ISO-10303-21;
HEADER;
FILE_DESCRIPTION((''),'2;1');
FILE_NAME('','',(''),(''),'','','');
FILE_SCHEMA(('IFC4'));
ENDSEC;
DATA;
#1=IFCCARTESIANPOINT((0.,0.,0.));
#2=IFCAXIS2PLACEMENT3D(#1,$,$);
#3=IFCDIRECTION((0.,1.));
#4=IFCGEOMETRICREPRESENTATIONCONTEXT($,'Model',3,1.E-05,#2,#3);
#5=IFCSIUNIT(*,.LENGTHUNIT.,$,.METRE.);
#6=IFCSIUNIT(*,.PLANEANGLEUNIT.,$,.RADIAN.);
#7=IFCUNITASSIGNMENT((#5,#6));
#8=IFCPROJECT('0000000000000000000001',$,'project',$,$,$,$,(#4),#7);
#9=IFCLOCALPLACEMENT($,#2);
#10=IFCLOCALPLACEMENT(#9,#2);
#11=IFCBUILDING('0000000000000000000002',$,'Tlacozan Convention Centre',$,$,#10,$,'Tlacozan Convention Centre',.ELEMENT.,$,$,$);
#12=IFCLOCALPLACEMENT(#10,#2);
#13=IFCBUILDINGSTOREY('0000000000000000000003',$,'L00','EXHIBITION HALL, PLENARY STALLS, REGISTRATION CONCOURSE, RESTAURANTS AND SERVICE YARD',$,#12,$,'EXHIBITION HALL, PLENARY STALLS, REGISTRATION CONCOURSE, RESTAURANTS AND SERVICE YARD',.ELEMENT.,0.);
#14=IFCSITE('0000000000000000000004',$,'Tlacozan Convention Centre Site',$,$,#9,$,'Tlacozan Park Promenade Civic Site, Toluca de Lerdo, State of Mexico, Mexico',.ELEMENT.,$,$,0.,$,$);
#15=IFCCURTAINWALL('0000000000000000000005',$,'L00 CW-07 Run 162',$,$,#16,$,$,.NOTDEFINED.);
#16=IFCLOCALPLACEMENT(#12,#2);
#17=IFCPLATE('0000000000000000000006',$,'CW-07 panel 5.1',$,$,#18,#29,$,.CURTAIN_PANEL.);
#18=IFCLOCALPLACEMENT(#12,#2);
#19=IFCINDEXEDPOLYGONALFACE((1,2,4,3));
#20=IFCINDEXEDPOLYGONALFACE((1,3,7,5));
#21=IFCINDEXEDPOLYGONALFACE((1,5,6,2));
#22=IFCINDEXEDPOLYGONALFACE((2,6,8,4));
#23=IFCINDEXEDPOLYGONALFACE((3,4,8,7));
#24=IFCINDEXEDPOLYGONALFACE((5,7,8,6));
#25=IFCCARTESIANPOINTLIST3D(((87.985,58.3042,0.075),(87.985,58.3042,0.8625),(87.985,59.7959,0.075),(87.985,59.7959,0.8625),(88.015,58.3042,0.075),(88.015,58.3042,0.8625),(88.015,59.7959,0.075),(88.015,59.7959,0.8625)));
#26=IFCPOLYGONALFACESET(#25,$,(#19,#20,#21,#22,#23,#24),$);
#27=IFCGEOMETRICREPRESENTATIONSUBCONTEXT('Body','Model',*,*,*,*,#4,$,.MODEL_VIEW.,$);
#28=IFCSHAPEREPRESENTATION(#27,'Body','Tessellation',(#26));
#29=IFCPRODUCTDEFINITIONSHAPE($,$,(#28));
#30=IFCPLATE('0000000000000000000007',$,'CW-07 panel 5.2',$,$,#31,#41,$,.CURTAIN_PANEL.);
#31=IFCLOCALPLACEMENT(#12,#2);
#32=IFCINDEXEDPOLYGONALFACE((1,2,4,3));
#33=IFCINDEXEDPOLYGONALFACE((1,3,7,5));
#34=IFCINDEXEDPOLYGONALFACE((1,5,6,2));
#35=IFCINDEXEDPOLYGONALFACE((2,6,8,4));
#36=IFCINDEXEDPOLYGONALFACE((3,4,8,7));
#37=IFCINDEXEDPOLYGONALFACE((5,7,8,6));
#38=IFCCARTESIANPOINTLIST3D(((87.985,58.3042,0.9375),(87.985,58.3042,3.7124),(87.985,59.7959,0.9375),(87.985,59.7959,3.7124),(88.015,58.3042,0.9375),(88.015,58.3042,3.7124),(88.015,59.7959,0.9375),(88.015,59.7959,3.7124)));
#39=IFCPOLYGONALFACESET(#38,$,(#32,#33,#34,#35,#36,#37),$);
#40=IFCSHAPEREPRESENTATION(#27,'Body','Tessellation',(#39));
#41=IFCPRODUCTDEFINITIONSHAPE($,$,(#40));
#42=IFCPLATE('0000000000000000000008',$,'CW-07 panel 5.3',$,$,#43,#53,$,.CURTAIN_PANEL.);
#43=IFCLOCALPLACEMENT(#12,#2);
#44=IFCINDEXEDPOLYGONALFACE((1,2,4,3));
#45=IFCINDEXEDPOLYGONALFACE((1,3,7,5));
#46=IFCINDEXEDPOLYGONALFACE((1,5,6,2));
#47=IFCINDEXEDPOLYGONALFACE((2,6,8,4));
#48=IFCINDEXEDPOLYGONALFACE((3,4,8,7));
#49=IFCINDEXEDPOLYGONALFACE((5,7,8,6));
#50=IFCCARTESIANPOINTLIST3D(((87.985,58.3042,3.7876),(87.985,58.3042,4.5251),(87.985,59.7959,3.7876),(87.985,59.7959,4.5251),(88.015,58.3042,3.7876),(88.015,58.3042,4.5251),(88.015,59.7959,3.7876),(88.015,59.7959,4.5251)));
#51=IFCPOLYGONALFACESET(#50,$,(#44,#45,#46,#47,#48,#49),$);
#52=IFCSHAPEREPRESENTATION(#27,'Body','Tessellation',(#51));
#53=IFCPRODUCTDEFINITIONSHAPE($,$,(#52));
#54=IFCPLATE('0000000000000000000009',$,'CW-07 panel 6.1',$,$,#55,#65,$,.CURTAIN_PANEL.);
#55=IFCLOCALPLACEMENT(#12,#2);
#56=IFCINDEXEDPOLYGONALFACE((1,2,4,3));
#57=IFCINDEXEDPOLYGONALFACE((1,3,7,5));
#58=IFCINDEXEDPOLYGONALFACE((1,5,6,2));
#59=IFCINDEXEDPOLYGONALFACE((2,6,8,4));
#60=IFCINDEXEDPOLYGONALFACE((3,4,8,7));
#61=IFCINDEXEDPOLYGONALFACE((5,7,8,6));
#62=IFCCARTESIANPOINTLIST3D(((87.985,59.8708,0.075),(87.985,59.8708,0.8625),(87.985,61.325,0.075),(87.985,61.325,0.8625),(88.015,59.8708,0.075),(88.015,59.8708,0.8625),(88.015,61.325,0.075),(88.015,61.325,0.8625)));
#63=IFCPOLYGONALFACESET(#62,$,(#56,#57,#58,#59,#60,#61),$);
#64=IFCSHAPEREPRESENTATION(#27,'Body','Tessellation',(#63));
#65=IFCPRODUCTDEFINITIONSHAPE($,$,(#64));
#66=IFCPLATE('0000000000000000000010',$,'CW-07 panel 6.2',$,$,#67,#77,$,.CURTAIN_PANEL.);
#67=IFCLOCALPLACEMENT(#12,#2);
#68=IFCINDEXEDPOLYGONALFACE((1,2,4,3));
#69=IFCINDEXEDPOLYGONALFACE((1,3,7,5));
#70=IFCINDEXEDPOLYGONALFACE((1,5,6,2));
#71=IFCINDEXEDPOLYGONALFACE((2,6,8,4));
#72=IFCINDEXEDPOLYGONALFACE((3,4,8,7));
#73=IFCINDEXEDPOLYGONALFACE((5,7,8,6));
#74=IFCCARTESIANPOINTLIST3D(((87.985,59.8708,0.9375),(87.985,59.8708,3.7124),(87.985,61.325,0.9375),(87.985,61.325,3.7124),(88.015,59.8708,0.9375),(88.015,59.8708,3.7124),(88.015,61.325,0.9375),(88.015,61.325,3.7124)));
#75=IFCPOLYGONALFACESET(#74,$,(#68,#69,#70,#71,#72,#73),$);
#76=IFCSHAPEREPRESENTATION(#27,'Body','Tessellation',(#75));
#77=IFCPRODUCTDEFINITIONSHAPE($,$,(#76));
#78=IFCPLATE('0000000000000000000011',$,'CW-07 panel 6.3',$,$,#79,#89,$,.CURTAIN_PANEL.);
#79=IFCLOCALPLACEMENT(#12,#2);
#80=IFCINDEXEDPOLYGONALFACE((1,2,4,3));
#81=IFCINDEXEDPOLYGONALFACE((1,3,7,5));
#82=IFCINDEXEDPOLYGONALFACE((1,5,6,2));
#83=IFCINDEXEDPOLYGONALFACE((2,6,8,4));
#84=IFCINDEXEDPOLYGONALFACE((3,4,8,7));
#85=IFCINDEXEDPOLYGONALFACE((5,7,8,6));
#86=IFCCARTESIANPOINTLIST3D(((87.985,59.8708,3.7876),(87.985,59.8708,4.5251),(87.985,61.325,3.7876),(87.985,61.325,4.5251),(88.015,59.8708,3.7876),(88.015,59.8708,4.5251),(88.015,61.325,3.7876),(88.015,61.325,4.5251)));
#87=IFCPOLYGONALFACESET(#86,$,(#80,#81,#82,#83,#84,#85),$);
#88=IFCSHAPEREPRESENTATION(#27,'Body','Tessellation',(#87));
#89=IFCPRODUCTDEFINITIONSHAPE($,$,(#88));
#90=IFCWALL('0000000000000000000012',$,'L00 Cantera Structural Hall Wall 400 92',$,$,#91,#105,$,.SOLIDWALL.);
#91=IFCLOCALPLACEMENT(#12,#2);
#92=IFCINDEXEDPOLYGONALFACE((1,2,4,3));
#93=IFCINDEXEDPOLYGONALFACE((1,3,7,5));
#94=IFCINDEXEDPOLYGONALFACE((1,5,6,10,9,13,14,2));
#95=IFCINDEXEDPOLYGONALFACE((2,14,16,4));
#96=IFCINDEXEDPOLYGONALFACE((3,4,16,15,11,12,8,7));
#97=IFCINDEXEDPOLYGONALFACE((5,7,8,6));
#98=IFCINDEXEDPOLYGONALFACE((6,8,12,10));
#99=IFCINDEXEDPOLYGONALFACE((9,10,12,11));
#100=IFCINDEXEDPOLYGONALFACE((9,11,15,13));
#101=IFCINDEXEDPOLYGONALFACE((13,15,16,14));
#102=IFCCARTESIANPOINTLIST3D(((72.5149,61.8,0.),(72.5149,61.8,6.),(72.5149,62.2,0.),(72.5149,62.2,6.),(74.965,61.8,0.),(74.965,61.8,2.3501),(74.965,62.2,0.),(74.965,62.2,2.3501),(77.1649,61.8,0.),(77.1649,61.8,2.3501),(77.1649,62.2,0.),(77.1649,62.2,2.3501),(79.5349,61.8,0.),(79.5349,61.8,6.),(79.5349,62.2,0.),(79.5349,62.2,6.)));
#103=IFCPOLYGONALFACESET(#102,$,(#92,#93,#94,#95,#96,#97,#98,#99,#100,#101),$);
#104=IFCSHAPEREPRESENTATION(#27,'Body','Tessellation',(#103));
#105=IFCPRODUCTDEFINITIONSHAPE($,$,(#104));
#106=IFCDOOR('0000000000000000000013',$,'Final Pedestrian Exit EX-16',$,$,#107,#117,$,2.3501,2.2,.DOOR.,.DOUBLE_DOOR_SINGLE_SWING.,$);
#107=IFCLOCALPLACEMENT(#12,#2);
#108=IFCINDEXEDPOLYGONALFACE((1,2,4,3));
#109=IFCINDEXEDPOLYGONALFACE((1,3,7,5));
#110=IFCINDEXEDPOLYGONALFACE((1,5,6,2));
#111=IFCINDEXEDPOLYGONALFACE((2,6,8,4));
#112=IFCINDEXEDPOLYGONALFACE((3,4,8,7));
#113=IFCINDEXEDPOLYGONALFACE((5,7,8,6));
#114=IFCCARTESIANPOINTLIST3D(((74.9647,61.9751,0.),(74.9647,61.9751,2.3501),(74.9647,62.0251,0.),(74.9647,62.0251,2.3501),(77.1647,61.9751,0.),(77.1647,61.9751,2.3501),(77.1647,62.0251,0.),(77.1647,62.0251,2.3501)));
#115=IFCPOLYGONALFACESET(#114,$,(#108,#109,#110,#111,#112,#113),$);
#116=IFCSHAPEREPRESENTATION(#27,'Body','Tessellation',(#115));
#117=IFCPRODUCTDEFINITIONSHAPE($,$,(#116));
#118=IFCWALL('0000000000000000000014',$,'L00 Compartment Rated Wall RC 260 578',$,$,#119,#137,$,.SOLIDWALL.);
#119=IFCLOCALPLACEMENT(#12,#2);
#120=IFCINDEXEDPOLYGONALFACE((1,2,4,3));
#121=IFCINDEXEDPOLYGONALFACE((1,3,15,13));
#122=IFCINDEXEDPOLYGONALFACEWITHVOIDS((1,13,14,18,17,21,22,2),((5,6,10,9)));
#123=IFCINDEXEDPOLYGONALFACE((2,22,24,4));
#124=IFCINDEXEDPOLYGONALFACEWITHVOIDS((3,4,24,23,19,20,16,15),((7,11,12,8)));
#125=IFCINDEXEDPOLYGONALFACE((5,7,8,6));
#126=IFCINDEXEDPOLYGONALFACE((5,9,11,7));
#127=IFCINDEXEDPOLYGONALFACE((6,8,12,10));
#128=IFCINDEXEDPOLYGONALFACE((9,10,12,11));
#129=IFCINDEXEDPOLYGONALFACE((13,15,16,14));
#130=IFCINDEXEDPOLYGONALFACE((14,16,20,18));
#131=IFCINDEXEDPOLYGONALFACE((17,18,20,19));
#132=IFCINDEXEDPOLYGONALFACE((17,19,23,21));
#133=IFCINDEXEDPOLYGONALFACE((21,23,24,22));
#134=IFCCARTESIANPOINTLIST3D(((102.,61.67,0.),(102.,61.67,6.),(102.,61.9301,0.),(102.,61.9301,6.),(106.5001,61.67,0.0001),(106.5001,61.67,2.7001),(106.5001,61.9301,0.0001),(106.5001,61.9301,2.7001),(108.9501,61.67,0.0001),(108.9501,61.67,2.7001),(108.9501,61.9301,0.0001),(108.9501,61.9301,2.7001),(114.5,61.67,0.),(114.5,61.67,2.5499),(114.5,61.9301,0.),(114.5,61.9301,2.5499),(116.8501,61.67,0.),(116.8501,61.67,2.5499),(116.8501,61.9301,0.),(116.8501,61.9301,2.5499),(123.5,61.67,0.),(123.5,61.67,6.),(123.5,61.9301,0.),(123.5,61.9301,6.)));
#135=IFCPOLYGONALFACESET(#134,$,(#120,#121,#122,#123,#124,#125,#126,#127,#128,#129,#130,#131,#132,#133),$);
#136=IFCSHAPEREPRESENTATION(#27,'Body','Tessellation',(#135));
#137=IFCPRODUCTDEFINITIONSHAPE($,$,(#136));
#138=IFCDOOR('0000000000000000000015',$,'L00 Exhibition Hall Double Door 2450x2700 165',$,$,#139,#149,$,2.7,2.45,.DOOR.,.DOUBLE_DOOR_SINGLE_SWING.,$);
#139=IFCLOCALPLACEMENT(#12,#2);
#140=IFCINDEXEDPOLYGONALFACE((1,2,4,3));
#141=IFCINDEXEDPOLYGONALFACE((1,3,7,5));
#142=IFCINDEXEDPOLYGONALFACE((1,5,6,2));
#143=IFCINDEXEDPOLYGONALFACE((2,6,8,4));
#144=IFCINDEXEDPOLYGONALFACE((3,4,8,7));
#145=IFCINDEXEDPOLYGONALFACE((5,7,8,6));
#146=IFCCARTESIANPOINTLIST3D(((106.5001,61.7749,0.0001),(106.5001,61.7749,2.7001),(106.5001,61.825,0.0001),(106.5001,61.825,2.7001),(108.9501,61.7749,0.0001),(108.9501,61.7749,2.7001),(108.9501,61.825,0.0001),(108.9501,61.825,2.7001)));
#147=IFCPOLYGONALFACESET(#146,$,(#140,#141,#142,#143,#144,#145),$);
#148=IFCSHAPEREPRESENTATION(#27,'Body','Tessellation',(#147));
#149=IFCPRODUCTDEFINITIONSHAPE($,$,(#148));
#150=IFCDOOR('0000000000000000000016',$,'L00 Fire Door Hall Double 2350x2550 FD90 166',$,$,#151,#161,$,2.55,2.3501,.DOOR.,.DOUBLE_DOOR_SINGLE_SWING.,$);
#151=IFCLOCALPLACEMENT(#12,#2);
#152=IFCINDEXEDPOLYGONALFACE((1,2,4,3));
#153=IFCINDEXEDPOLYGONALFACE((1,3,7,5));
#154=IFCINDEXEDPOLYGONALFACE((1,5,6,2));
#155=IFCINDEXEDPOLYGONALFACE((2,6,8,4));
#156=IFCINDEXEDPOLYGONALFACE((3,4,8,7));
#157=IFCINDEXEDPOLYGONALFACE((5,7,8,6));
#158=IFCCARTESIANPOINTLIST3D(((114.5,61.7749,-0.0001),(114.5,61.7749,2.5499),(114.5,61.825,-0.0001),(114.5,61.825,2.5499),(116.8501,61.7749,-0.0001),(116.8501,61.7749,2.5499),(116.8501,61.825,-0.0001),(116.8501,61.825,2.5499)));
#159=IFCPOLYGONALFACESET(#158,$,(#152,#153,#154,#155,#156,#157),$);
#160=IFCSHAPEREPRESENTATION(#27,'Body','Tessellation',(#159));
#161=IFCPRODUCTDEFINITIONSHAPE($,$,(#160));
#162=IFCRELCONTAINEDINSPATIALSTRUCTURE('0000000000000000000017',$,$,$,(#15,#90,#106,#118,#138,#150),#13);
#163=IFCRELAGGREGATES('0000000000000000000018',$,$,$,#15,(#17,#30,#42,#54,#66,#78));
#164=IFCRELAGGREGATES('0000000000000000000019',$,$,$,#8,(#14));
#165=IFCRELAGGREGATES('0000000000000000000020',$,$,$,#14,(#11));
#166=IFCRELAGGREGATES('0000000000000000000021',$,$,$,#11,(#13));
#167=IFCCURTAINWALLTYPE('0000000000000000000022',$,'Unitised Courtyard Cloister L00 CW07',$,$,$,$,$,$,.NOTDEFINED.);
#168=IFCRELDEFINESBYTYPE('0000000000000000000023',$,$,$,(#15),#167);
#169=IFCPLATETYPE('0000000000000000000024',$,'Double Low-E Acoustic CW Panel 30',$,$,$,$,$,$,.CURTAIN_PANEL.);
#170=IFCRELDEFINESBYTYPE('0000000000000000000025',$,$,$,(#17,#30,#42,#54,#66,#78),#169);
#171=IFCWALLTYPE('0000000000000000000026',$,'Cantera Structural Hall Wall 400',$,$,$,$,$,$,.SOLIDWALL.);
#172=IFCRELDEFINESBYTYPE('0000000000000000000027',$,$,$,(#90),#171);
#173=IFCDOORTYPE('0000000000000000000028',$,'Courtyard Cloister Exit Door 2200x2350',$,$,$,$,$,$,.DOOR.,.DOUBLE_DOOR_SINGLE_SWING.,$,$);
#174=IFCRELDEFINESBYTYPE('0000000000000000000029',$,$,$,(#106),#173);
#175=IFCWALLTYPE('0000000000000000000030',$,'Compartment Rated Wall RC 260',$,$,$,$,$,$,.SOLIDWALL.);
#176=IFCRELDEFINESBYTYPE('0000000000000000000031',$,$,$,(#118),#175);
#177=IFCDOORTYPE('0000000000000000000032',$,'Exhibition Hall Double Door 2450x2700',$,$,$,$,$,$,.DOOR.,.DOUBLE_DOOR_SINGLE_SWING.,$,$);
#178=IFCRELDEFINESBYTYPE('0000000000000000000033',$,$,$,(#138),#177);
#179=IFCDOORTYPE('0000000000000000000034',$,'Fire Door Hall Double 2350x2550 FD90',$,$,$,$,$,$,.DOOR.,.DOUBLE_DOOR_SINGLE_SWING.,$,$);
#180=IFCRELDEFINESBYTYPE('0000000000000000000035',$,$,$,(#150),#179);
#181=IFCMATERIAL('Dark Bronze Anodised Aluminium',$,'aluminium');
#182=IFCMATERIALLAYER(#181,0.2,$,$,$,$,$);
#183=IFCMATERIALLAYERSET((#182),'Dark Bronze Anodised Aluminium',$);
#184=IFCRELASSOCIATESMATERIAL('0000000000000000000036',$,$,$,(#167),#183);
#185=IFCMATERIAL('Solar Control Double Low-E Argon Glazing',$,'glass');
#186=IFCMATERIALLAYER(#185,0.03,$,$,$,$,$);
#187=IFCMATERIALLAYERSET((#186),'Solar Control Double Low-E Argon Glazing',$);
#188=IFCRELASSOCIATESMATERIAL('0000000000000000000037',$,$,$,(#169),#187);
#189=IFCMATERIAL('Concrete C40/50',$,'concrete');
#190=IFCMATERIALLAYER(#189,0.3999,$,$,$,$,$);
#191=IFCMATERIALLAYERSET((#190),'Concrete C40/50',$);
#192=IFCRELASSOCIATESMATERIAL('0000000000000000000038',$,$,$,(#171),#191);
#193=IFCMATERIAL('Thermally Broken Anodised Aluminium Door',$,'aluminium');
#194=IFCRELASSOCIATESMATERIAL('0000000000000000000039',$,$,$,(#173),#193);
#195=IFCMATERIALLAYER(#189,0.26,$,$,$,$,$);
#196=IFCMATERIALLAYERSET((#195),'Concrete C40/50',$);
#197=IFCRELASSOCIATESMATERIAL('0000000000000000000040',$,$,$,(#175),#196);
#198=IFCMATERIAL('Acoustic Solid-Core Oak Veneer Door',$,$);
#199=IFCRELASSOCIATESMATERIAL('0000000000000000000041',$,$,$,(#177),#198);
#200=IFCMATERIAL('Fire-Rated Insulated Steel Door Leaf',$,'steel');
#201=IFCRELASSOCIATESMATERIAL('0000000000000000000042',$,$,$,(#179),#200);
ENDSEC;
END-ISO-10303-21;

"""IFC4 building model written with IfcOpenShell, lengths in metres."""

from ifc_helpers import new_model, si_unit, direction, frame, frame_2d, origin, origin_2d, place, context, subcontext, project, spatial, rectangle, extrude, material, layer, layer_set, type_object, element, fill, aggregate, save


model = new_model("IFC4")

# Units and contexts
model_context = context("Model", 3, precision=1e-05, world=origin(), true_north=direction((0.0, 1.0)))
body_context = subcontext(model_context, "Body", "Model", "MODEL_VIEW")
ifc_project = project(units=[si_unit("LENGTHUNIT", "METRE"), si_unit("PLANEANGLEUNIT", "RADIAN")], contexts=[model_context])

# Site, building, storey
site_placement = place(None, origin())
site = spatial("IfcSite", under=ifc_project, at=site_placement, Name="Tlacozan Convention Centre Site", LongName="Tlacozan Park Promenade Civic Site, Toluca de Lerdo, State of Mexico, Mexico", CompositionType="ELEMENT", RefElevation=0.0)
building_placement = place(site_placement, origin())
building = spatial("IfcBuilding", under=site, at=building_placement, Name="Tlacozan Convention Centre", LongName="Tlacozan Convention Centre", CompositionType="ELEMENT")
storey_placement = place(building_placement, origin())
storey = spatial("IfcBuildingStorey", under=building, at=storey_placement, Name="L00", Description="EXHIBITION HALL, PLENARY STALLS, REGISTRATION CONCOURSE, RESTAURANTS AND SERVICE YARD", LongName="EXHIBITION HALL, PLENARY STALLS, REGISTRATION CONCOURSE, RESTAURANTS AND SERVICE YARD", CompositionType="ELEMENT", Elevation=0.0)

# Shared definitions
ifc_material_1 = material(Name="Concrete C40/50", Category="concrete")

# Curtain wall
ifc_material_2 = material(Name="Dark Bronze Anodised Aluminium", Category="aluminium")
ifc_layer_1 = layer(ifc_material_2, 0.2)
ifc_layer_set_1 = layer_set([ifc_layer_1], Name="Dark Bronze Anodised Aluminium")
curtain_wall_type = type_object("IfcCurtainWallType", Name="Unitised Courtyard Cloister L00 CW07", PredefinedType="NOTDEFINED", material=ifc_layer_set_1)
curtain_wall_placement = place(storey_placement, origin())
curtain_wall = element("IfcCurtainWall", 1, at=curtain_wall_placement, inside=storey, type_object=curtain_wall_type, Name="L00 CW-07 Run 162", PredefinedType="NOTDEFINED")

# Plates
ifc_material_3 = material(Name="Solar Control Double Low-E Argon Glazing", Category="glass")
ifc_layer_2 = layer(ifc_material_3, 0.03)
ifc_layer_set_2 = layer_set([ifc_layer_2], Name="Solar Control Double Low-E Argon Glazing")
plate_type = type_object("IfcPlateType", Name="Double Low-E Acoustic CW Panel 30", PredefinedType="CURTAIN_PANEL", material=ifc_layer_set_2)
plate_1_placement = place(storey_placement, frame((88.0, 59.05, 0.075), z_axis=(0.0, 0.0, 1.0), x_axis=(0.0, 1.0, 0.0)))
plate_1 = element("IfcPlate", 2, at=plate_1_placement, type_object=plate_type, Name="CW-07 panel 5.1", PredefinedType="CURTAIN_PANEL", context=body_context, shape_type="SweptSolid", body=[
    extrude(rectangle(XDim=1.4917, YDim=0.03, at=origin_2d()), origin(), (0.0, 0.0, 1.0), 0.7876),
])
plate_2_placement = place(storey_placement, frame((88.0, 59.05, 0.9375), z_axis=(0.0, 0.0, 1.0), x_axis=(0.0, 1.0, 0.0)))
plate_2 = element("IfcPlate", 3, at=plate_2_placement, type_object=plate_type, Name="CW-07 panel 5.2", PredefinedType="CURTAIN_PANEL", context=body_context, shape_type="SweptSolid", body=[
    extrude(rectangle(XDim=1.4917, YDim=0.03, at=origin_2d()), origin(), (0.0, 0.0, 1.0), 2.7749),
])
plate_3_placement = place(storey_placement, frame((88.0, 59.05, 3.7876), z_axis=(0.0, 0.0, 1.0), x_axis=(0.0, 1.0, 0.0)))
plate_3 = element("IfcPlate", 4, at=plate_3_placement, type_object=plate_type, Name="CW-07 panel 5.3", PredefinedType="CURTAIN_PANEL", context=body_context, shape_type="SweptSolid", body=[
    extrude(rectangle(XDim=1.4917, YDim=0.03, at=origin_2d()), origin(), (0.0, 0.0, 1.0), 0.7375),
])
plate_4_placement = place(storey_placement, frame((88.0, 60.5979, 0.075), z_axis=(0.0, 0.0, 1.0), x_axis=(0.0, 1.0, 0.0)))
plate_4 = element("IfcPlate", 5, at=plate_4_placement, type_object=plate_type, Name="CW-07 panel 6.1", PredefinedType="CURTAIN_PANEL", context=body_context, shape_type="SweptSolid", body=[
    extrude(rectangle(XDim=1.4541, YDim=0.03, at=origin_2d()), origin(), (0.0, 0.0, 1.0), 0.7876),
])
plate_5_placement = place(storey_placement, frame((88.0, 60.5979, 0.9375), z_axis=(0.0, 0.0, 1.0), x_axis=(0.0, 1.0, 0.0)))
plate_5 = element("IfcPlate", 6, at=plate_5_placement, type_object=plate_type, Name="CW-07 panel 6.2", PredefinedType="CURTAIN_PANEL", context=body_context, shape_type="SweptSolid", body=[
    extrude(rectangle(XDim=1.4541, YDim=0.03, at=origin_2d()), origin(), (0.0, 0.0, 1.0), 2.7749),
])
plate_6_placement = place(storey_placement, frame((88.0, 60.5979, 3.7876), z_axis=(0.0, 0.0, 1.0), x_axis=(0.0, 1.0, 0.0)))
plate_6 = element("IfcPlate", 7, at=plate_6_placement, type_object=plate_type, Name="CW-07 panel 6.3", PredefinedType="CURTAIN_PANEL", context=body_context, shape_type="SweptSolid", body=[
    extrude(rectangle(XDim=1.4541, YDim=0.03, at=origin_2d()), origin(), (0.0, 0.0, 1.0), 0.7375),
])
aggregate(curtain_wall, [plate_1, plate_2, plate_3, plate_4, plate_5, plate_6])

# Wall, opening, door
ifc_layer_3 = layer(ifc_material_1, 0.3999)
ifc_layer_set_3 = layer_set([ifc_layer_3], Name="Concrete C40/50")
wall_type_1 = type_object("IfcWallType", Name="Cantera Structural Hall Wall 400", PredefinedType="SOLIDWALL", material=ifc_layer_set_3)
wall_1_placement = place(storey_placement, frame((72.5149, 62.0, 0.0), z_axis=(0.0, 0.0, 1.0), x_axis=(1.0, 0.0, 0.0)))
wall_1 = element("IfcWall", 8, at=wall_1_placement, inside=storey, type_object=wall_type_1, Name="L00 Cantera Structural Hall Wall 400 92", PredefinedType="SOLIDWALL", context=body_context, shape_type="SweptSolid", body=[
    extrude(rectangle(XDim=7.02, YDim=0.3999, at=frame_2d((3.51, 0.0))), origin(), (0.0, 0.0, 1.0), 6.0),
])
opening_1_placement = place(wall_1_placement, frame((2.45, 0.0, 0.0)))
opening_1 = element("IfcOpeningElement", 9, at=opening_1_placement, cuts=wall_1, PredefinedType="OPENING", context=body_context, shape_type="SweptSolid", body=[
    extrude(rectangle(XDim=2.2, YDim=2.3501, at=frame_2d((1.1001, 1.175))), frame((0.0, 0.21, 0.0), z_axis=(0.0, -1.0, 0.0), x_axis=(1.0, 0.0, 0.0)), (0.0, 0.0, 1.0), 0.4199),
])
ifc_material_4 = material(Name="Thermally Broken Anodised Aluminium Door", Category="aluminium")
door_type_1 = type_object("IfcDoorType", Name="Courtyard Cloister Exit Door 2200x2350", OperationType="DOUBLE_DOOR_SINGLE_SWING", PredefinedType="DOOR", material=ifc_material_4)
door_1_placement = place(opening_1_placement, frame((2.2, 0.0, 0.0), z_axis=(0.0, 0.0, 1.0), x_axis=(-1.0, 0.0, 0.0)))
door_1 = element("IfcDoor", 10, at=door_1_placement, inside=storey, type_object=door_type_1, Name="Final Pedestrian Exit EX-16", OperationType="DOUBLE_DOOR_SINGLE_SWING", OverallHeight=2.3501, OverallWidth=2.2, PredefinedType="DOOR", context=body_context, shape_type="SweptSolid", body=[
    extrude(rectangle(XDim=2.2, YDim=2.3501, at=frame_2d((1.1001, 1.175))), frame((0.0, 0.0249, 0.0), z_axis=(0.0, -1.0, 0.0), x_axis=(1.0, 0.0, 0.0)), (0.0, 0.0, 1.0), 0.05),
])
fill(opening_1, door_1)

# Wall, openings, doors
ifc_layer_4 = layer(ifc_material_1, 0.26)
ifc_layer_set_4 = layer_set([ifc_layer_4], Name="Concrete C40/50")
wall_type_2 = type_object("IfcWallType", Name="Compartment Rated Wall RC 260", PredefinedType="SOLIDWALL", material=ifc_layer_set_4)
wall_2_placement = place(storey_placement, frame((102.0, 61.8, 0.0), z_axis=(0.0, 0.0, 1.0), x_axis=(1.0, 0.0, 0.0)))
wall_2 = element("IfcWall", 11, at=wall_2_placement, inside=storey, type_object=wall_type_2, Name="L00 Compartment Rated Wall RC 260 578", PredefinedType="SOLIDWALL", context=body_context, shape_type="SweptSolid", body=[
    extrude(rectangle(XDim=21.5, YDim=0.26, at=frame_2d((10.75, 0.0))), origin(), (0.0, 0.0, 1.0), 6.0),
])
opening_2_placement = place(wall_2_placement, frame((4.5, 0.0, 0.0)))
opening_2 = element("IfcOpeningElement", 12, at=opening_2_placement, cuts=wall_2, PredefinedType="OPENING", context=body_context, shape_type="SweptSolid", body=[
    extrude(rectangle(XDim=2.45, YDim=2.7, at=frame_2d((1.2251, 1.3501))), frame((0.0, 0.1399, 0.0), z_axis=(0.0, -1.0, 0.0), x_axis=(1.0, 0.0, 0.0)), (0.0, 0.0, 1.0), 0.28),
])
opening_3_placement = place(wall_2_placement, frame((12.5, 0.0, 0.0)))
opening_3 = element("IfcOpeningElement", 13, at=opening_3_placement, cuts=wall_2, PredefinedType="OPENING", context=body_context, shape_type="SweptSolid", body=[
    extrude(rectangle(XDim=2.3501, YDim=2.55, at=frame_2d((1.175, 1.2749))), frame((0.0, 0.1399, 0.0), z_axis=(0.0, -1.0, 0.0), x_axis=(1.0, 0.0, 0.0)), (0.0, 0.0, 1.0), 0.28),
])
ifc_material_5 = material(Name="Acoustic Solid-Core Oak Veneer Door")
door_type_2 = type_object("IfcDoorType", Name="Exhibition Hall Double Door 2450x2700", OperationType="DOUBLE_DOOR_SINGLE_SWING", PredefinedType="DOOR", material=ifc_material_5)
door_2_placement = place(opening_2_placement, origin())
door_2 = element("IfcDoor", 14, at=door_2_placement, inside=storey, type_object=door_type_2, Name="L00 Exhibition Hall Double Door 2450x2700 165", OperationType="DOUBLE_DOOR_SINGLE_SWING", OverallHeight=2.7, OverallWidth=2.45, PredefinedType="DOOR", context=body_context, shape_type="SweptSolid", body=[
    extrude(rectangle(XDim=2.45, YDim=2.7, at=frame_2d((1.2251, 1.3501))), frame((0.0, 0.0249, 0.0), z_axis=(0.0, -1.0, 0.0), x_axis=(1.0, 0.0, 0.0)), (0.0, 0.0, 1.0), 0.05),
])
fill(opening_2, door_2)
ifc_material_6 = material(Name="Fire-Rated Insulated Steel Door Leaf", Category="steel")
door_type_3 = type_object("IfcDoorType", Name="Fire Door Hall Double 2350x2550 FD90", OperationType="DOUBLE_DOOR_SINGLE_SWING", PredefinedType="DOOR", material=ifc_material_6)
door_3_placement = place(opening_3_placement, origin())
door_3 = element("IfcDoor", 15, at=door_3_placement, inside=storey, type_object=door_type_3, Name="L00 Fire Door Hall Double 2350x2550 FD90 166", OperationType="DOUBLE_DOOR_SINGLE_SWING", OverallHeight=2.55, OverallWidth=2.3501, PredefinedType="DOOR", context=body_context, shape_type="SweptSolid", body=[
    extrude(rectangle(XDim=2.3501, YDim=2.55, at=frame_2d((1.175, 1.2749))), frame((0.0, 0.0249, 0.0), z_axis=(0.0, -1.0, 0.0), x_axis=(1.0, 0.0, 0.0)), (0.0, 0.0, 1.0), 0.05),
])
fill(opening_3, door_3)

save(model, "model.ifc")
